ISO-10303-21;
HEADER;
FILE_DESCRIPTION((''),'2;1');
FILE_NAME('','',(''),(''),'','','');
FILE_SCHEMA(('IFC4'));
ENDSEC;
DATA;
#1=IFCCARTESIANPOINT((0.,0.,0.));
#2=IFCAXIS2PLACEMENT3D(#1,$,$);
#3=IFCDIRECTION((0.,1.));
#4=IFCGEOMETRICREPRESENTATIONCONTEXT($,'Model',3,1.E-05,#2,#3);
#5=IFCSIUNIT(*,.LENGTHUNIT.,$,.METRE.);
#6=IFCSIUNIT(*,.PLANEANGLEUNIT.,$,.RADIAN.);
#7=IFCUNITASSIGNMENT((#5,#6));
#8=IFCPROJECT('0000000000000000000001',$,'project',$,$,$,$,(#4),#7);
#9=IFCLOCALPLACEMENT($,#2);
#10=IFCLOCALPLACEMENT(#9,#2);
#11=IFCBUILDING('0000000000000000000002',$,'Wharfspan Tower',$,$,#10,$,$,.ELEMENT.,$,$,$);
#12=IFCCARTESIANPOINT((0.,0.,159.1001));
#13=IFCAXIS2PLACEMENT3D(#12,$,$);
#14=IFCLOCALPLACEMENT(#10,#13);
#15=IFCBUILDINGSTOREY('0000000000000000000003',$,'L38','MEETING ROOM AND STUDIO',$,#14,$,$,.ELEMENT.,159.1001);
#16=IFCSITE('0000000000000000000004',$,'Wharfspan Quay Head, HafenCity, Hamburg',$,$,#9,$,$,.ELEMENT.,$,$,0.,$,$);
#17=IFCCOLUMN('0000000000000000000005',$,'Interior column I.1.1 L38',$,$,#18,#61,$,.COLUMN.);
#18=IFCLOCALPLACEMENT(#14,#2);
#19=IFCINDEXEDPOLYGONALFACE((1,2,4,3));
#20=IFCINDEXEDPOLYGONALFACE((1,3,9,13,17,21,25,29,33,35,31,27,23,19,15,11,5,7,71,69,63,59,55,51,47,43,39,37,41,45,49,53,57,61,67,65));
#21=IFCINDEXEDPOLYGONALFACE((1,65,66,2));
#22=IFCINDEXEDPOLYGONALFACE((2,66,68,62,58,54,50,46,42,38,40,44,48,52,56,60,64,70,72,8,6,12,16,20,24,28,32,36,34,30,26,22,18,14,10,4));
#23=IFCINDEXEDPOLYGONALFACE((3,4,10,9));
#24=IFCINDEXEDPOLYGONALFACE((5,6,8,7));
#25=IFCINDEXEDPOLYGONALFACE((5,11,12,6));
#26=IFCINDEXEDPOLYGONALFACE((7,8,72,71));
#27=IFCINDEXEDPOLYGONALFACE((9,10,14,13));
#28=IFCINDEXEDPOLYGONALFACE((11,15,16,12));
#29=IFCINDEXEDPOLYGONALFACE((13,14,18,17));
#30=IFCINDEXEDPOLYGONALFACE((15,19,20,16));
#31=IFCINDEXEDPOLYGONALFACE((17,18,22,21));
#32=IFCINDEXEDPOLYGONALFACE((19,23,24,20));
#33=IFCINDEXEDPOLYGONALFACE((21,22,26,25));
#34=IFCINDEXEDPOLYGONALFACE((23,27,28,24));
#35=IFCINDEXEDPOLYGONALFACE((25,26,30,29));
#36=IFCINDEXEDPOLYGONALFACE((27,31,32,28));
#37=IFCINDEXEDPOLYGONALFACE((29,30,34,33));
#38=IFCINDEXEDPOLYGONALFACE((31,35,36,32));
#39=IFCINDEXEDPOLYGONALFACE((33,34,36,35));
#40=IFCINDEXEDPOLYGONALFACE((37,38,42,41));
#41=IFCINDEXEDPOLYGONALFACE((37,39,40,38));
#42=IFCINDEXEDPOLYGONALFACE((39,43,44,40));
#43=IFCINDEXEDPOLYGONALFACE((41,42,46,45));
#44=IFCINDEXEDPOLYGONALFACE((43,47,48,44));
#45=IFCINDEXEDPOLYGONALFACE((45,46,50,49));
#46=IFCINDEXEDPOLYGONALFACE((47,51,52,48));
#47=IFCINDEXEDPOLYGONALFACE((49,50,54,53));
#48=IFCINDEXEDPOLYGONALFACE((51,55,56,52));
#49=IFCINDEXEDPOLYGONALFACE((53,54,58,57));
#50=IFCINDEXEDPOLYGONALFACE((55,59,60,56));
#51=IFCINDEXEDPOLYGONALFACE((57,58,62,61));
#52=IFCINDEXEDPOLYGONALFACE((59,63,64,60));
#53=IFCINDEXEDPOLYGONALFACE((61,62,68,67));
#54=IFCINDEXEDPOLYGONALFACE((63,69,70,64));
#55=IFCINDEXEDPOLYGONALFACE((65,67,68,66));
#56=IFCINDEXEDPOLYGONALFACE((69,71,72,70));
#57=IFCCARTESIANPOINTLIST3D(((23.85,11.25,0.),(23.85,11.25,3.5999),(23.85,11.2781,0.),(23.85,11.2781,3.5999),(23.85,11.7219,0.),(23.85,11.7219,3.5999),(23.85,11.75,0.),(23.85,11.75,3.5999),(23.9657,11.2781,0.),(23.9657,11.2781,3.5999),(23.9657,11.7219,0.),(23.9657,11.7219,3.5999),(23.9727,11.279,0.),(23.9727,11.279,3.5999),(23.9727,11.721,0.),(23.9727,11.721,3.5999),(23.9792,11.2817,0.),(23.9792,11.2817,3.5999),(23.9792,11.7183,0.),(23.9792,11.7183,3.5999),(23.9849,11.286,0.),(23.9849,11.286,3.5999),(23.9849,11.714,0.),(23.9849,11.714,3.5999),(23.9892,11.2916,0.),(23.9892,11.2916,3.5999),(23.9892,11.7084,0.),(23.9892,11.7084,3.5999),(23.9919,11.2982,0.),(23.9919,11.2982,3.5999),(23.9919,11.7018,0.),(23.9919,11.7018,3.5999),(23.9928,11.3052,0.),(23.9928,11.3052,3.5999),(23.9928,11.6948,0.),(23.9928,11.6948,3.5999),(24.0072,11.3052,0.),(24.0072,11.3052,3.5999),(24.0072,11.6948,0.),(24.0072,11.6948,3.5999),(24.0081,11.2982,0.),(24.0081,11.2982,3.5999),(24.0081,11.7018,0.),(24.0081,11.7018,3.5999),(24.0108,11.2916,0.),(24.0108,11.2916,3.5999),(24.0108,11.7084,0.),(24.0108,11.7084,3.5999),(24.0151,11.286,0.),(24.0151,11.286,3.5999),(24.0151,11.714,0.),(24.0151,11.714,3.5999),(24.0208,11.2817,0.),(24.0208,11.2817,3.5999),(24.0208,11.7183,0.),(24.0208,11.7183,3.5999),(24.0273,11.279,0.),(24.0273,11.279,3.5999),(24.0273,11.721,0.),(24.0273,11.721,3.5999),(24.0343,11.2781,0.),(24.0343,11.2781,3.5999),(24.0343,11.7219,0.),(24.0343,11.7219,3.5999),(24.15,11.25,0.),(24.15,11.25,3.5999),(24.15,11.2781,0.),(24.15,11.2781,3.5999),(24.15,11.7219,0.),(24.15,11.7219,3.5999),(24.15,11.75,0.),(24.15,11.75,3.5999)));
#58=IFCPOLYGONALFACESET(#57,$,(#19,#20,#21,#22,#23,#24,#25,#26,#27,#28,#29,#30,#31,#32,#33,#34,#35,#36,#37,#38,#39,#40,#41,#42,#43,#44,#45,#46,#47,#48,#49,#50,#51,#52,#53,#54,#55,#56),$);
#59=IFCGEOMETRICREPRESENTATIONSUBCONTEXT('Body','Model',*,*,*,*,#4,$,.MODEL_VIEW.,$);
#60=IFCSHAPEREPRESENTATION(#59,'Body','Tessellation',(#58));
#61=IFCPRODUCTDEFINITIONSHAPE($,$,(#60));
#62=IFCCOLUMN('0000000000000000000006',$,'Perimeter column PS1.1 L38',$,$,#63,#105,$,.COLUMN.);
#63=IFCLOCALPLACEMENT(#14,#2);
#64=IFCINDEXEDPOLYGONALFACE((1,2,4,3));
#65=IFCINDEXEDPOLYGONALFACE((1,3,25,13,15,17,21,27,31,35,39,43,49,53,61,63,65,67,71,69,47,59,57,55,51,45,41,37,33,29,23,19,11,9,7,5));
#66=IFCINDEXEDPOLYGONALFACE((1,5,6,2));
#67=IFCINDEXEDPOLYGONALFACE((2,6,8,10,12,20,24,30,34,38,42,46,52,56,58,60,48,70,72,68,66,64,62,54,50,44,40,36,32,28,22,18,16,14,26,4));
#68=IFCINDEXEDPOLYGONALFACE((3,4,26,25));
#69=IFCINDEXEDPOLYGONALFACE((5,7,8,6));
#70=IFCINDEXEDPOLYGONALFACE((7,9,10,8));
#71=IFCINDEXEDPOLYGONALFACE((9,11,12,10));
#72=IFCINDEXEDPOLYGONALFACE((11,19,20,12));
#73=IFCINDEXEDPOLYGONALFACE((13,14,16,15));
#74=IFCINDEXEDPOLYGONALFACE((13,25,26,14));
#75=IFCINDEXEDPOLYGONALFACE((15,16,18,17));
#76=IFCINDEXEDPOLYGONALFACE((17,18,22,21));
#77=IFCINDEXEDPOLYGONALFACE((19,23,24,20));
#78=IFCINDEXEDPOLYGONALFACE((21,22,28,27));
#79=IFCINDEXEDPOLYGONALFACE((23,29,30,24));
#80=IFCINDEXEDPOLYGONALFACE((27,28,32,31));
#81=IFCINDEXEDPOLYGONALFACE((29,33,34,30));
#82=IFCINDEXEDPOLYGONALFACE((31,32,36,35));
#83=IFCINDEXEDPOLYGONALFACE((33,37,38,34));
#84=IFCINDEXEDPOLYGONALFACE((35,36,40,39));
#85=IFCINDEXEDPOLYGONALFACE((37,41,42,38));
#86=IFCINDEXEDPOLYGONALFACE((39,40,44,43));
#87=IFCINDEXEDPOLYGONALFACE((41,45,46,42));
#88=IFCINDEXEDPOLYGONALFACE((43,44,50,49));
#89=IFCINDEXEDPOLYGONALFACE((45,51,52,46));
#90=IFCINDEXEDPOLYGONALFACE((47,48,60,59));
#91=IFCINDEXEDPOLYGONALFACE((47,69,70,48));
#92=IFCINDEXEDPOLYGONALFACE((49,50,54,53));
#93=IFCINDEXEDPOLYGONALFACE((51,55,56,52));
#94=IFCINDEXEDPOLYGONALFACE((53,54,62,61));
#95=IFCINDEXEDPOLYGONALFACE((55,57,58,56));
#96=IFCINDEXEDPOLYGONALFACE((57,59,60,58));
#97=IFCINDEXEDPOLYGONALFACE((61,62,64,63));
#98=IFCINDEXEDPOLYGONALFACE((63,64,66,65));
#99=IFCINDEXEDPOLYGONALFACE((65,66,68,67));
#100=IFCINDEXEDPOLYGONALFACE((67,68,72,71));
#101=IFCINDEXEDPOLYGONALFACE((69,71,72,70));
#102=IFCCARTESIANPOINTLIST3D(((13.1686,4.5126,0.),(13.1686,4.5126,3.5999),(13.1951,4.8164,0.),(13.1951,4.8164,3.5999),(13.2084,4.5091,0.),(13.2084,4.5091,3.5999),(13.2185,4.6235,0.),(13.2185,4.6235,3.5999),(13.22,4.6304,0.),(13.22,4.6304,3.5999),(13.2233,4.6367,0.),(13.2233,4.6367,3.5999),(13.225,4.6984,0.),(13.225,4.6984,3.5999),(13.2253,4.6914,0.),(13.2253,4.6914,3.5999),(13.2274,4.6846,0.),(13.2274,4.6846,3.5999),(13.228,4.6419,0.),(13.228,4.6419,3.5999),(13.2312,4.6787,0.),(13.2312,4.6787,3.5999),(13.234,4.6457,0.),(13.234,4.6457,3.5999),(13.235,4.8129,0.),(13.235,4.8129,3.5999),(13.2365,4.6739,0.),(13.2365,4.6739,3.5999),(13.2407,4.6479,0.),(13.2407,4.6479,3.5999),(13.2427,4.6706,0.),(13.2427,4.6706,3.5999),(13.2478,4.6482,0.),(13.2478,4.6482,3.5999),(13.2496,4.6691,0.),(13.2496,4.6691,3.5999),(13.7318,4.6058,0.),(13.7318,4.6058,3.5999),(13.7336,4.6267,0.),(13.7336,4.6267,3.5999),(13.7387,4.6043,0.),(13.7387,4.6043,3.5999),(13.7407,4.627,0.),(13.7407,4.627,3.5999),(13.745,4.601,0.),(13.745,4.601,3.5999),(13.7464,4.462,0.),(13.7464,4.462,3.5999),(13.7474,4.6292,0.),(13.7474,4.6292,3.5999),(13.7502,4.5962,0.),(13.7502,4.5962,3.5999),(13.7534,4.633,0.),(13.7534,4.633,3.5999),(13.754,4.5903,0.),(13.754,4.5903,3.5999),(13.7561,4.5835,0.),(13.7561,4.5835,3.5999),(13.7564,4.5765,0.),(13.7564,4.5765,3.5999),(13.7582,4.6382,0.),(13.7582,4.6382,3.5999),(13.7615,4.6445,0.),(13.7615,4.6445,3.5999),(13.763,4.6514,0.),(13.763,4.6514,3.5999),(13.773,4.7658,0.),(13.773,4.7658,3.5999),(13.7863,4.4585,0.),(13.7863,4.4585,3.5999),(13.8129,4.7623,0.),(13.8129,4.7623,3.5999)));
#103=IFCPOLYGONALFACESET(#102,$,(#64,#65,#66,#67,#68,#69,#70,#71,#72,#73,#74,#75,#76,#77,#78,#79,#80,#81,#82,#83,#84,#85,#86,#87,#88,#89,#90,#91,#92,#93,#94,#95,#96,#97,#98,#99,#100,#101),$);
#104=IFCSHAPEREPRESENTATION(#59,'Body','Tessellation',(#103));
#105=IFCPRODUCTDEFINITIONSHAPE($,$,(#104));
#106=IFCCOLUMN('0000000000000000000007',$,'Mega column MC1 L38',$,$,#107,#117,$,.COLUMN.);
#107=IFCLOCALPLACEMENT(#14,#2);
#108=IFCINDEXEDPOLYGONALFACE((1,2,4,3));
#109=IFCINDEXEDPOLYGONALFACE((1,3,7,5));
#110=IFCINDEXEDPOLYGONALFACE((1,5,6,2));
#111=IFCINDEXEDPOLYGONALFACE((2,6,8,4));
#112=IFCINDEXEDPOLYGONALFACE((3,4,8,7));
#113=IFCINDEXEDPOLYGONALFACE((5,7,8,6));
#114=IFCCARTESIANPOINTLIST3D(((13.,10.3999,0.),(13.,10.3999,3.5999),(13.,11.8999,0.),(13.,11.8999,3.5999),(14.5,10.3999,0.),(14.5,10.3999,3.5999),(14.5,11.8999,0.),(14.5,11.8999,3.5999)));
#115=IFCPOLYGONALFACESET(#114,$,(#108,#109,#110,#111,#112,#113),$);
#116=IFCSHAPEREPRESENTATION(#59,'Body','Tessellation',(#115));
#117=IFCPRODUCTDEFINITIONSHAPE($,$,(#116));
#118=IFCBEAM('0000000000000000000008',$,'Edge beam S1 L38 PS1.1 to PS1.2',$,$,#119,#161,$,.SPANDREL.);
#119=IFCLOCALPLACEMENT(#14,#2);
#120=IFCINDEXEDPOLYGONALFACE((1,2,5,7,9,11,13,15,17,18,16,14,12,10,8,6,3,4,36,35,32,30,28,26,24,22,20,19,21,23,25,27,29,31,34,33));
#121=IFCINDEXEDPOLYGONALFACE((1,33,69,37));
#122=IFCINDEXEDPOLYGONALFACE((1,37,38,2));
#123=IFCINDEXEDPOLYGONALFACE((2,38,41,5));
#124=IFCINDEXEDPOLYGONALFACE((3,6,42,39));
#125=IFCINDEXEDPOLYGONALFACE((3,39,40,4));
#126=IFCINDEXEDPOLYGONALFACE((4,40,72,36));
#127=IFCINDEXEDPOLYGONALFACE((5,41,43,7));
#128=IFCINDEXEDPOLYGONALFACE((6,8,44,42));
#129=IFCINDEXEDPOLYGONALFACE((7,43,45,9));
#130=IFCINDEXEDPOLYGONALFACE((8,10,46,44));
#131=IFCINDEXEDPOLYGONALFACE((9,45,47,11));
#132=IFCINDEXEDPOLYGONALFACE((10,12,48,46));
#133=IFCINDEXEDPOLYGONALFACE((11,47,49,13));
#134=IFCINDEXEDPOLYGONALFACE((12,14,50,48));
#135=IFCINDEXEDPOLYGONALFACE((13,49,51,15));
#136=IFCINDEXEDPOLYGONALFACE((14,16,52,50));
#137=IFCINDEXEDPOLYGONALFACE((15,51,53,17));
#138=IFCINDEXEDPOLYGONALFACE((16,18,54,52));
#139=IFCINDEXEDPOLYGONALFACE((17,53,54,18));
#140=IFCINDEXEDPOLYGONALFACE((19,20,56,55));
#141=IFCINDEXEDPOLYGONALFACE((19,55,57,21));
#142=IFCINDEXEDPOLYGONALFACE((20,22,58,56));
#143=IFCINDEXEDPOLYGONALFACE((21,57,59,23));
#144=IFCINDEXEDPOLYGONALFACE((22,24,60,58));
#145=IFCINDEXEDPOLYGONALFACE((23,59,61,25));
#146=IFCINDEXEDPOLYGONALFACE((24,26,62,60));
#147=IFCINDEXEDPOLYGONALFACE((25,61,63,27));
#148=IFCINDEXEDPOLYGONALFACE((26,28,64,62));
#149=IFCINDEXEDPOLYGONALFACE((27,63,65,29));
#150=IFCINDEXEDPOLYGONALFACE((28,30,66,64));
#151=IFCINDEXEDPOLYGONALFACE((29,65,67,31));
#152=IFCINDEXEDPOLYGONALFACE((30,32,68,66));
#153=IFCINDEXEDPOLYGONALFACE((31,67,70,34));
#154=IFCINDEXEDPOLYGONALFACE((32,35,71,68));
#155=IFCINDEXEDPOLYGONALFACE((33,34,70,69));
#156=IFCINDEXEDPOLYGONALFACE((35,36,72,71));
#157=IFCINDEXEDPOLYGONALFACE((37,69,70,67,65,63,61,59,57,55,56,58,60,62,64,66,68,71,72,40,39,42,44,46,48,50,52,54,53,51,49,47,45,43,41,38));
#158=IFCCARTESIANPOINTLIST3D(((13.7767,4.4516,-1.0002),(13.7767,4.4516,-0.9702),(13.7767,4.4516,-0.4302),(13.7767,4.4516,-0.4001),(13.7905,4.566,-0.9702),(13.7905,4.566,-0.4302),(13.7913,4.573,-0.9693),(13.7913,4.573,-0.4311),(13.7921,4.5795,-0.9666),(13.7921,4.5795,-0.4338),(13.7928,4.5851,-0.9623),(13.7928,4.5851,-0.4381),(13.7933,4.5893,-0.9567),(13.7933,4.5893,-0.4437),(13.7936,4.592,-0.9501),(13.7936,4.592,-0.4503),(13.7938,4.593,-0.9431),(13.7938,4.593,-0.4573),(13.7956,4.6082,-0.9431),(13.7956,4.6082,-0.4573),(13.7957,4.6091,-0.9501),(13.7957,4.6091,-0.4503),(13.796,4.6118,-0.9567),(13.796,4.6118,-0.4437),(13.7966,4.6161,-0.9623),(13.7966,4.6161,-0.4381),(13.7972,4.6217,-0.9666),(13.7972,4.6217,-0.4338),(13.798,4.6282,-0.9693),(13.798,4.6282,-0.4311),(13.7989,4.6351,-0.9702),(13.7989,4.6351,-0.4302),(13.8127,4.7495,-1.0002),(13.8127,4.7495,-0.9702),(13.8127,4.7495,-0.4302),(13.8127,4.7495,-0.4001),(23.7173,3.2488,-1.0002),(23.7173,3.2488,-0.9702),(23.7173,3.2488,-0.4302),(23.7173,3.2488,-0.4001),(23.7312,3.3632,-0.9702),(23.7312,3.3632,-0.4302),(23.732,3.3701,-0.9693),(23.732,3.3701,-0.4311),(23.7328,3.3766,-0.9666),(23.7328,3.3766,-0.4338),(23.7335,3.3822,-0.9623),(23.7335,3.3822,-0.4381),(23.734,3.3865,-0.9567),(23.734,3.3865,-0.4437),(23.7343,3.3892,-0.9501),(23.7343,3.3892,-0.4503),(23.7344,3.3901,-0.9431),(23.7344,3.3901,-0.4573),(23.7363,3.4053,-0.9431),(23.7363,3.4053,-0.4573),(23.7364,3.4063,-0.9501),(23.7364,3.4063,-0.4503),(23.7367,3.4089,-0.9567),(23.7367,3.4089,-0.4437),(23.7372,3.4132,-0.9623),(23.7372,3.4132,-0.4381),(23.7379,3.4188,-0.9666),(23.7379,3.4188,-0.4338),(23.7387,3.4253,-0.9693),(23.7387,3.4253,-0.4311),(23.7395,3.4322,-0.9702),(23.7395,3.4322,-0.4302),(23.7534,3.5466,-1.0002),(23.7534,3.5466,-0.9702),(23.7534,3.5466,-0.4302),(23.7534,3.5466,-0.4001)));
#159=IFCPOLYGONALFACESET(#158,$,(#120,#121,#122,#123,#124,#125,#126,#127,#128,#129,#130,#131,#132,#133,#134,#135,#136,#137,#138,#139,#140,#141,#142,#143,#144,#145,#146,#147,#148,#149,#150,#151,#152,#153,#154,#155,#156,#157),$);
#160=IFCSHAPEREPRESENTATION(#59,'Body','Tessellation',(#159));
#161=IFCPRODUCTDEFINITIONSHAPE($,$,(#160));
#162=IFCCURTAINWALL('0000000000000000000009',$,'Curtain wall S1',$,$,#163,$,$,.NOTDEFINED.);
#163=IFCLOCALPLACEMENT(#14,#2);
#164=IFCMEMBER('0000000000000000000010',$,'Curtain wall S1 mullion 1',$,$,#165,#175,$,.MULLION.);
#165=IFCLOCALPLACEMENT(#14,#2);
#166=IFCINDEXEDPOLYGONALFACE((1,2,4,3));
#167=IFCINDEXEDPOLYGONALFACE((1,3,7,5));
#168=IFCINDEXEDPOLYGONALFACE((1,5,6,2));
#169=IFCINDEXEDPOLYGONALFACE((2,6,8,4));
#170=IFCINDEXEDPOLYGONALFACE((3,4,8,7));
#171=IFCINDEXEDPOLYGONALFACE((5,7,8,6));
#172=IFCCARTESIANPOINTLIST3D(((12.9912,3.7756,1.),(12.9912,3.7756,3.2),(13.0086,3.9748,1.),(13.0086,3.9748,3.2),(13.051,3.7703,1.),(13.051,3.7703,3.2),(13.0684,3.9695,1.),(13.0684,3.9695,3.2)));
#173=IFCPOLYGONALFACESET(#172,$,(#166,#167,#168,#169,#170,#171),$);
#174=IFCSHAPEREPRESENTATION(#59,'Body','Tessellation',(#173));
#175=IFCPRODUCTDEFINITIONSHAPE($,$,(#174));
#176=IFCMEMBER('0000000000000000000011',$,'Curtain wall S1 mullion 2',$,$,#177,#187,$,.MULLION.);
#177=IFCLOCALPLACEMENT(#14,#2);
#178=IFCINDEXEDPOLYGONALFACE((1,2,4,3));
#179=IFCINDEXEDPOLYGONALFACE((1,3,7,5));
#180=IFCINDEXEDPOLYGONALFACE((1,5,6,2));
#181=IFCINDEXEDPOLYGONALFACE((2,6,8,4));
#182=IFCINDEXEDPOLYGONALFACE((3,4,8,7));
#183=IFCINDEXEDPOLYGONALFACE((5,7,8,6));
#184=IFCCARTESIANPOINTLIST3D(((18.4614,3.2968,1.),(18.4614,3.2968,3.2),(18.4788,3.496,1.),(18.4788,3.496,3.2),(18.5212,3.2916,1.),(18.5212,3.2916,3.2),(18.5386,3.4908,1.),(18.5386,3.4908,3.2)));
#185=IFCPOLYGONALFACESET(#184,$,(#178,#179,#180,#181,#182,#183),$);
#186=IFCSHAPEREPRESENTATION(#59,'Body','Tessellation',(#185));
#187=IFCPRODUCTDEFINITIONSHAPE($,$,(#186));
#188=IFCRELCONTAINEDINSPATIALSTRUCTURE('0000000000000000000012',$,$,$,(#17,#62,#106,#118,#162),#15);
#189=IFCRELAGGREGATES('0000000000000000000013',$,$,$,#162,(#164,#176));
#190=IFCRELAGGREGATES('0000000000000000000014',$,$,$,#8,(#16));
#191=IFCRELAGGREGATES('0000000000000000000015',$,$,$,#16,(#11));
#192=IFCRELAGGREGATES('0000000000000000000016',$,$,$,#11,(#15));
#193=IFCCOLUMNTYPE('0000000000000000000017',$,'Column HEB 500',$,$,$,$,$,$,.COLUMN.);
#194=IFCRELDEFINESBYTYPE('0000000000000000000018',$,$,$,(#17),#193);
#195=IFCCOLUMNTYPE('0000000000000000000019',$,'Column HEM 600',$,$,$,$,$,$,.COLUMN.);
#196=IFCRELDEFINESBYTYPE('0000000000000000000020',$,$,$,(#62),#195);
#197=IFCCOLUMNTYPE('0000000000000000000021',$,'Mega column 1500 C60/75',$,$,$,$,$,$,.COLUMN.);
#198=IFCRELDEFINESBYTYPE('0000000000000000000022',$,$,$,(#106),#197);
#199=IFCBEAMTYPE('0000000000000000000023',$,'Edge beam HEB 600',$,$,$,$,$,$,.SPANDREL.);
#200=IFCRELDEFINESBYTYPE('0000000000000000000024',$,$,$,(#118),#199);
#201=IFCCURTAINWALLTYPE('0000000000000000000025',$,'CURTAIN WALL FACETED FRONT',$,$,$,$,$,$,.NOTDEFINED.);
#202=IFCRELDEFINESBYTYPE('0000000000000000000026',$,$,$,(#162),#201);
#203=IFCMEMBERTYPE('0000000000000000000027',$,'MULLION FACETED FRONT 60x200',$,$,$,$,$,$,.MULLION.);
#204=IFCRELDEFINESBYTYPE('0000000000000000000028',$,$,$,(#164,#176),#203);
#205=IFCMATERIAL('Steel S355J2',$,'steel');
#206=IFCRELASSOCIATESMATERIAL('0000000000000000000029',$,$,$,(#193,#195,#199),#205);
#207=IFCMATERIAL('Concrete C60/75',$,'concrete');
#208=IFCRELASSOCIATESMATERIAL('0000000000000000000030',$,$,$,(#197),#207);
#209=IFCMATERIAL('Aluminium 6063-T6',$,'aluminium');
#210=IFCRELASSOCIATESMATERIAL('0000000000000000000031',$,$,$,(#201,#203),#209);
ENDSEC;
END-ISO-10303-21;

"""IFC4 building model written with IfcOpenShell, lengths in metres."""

from ifc_helpers import new_model, si_unit, direction, frame, origin, origin_2d, place, context, subcontext, project, spatial, rectangle, i_section, extrude, material, material_profile, profile_set, type_object, element, aggregate, save


model = new_model("IFC4")

# Units and contexts
model_context = context("Model", 3, precision=1e-05, world=origin(), true_north=direction((0.0, 1.0)))
body_context = subcontext(model_context, "Body", "Model", "MODEL_VIEW")
ifc_project = project(units=[si_unit("LENGTHUNIT", "METRE"), si_unit("PLANEANGLEUNIT", "RADIAN")], contexts=[model_context])

# Site, building, storey
site_placement = place(None, origin())
site = spatial("IfcSite", under=ifc_project, at=site_placement, Name="Wharfspan Quay Head, HafenCity, Hamburg", CompositionType="ELEMENT", RefElevation=0.0)
building_placement = place(site_placement, origin())
building = spatial("IfcBuilding", under=site, at=building_placement, Name="Wharfspan Tower", CompositionType="ELEMENT")
storey_placement = place(building_placement, frame((0.0, 0.0, 159.1001)))
storey = spatial("IfcBuildingStorey", under=building, at=storey_placement, Name="L38", Description="MEETING ROOM AND STUDIO", CompositionType="ELEMENT", Elevation=159.1001)

# Columns
ifc_material_1 = material(Name="Steel S355J2", Category="steel")
ifc_material_profile_1 = material_profile(ifc_material_1, i_section(OverallWidth=0.3, OverallDepth=0.5, WebThickness=0.0144, FlangeThickness=0.0281, FilletRadius=0.0271, at=origin_2d()))
ifc_profile_set_1 = profile_set([ifc_material_profile_1], Name="Steel S355J2")
column_type_1 = type_object("IfcColumnType", Name="Column HEB 500", PredefinedType="COLUMN", material=ifc_profile_set_1)
column_1_placement = place(storey_placement, frame((24.0, 11.5, 0.0), z_axis=(0.0, 0.0, 1.0), x_axis=(1.0, 0.0, 0.0)))
element("IfcColumn", 1, at=column_1_placement, inside=storey, type_object=column_type_1, Name="Interior column I.1.1 L38", PredefinedType="COLUMN", context=body_context, shape_type="SweptSolid", body=[
    extrude(i_section(OverallWidth=0.3, OverallDepth=0.5, WebThickness=0.0144, FlangeThickness=0.0281, FilletRadius=0.0271, at=origin_2d()), origin(), (0.0, 0.0, 1.0), 3.5999),
])
ifc_material_profile_2 = material_profile(ifc_material_1, i_section(OverallWidth=0.3049, OverallDepth=0.6201, WebThickness=0.021, FlangeThickness=0.04, FilletRadius=0.0271, at=origin_2d()))
ifc_profile_set_2 = profile_set([ifc_material_profile_2], Name="Steel S355J2")
column_type_2 = type_object("IfcColumnType", Name="Column HEM 600", PredefinedType="COLUMN", material=ifc_profile_set_2)
column_2_placement = place(storey_placement, frame((13.4907, 4.6375, 0.0), z_axis=(0.0, 0.0, 1.0), x_axis=(-0.087156, -0.996198, 0.0)))
element("IfcColumn", 2, at=column_2_placement, inside=storey, type_object=column_type_2, Name="Perimeter column PS1.1 L38", PredefinedType="COLUMN", context=body_context, shape_type="SweptSolid", body=[
    extrude(i_section(OverallWidth=0.3049, OverallDepth=0.6201, WebThickness=0.021, FlangeThickness=0.04, FilletRadius=0.0271, at=origin_2d()), origin(), (0.0, 0.0, 1.0), 3.5999),
])
ifc_material_2 = material(Name="Concrete C60/75", Category="concrete")
ifc_material_profile_3 = material_profile(ifc_material_2, rectangle(XDim=1.5, YDim=1.5, at=origin_2d()))
ifc_profile_set_3 = profile_set([ifc_material_profile_3], Name="Concrete C60/75")
column_type_3 = type_object("IfcColumnType", Name="Mega column 1500 C60/75", PredefinedType="COLUMN", material=ifc_profile_set_3)
column_3_placement = place(storey_placement, frame((13.75, 11.1499, 0.0), z_axis=(0.0, 0.0, 1.0), x_axis=(1.0, 0.0, 0.0)))
element("IfcColumn", 3, at=column_3_placement, inside=storey, type_object=column_type_3, Name="Mega column MC1 L38", PredefinedType="COLUMN", context=body_context, shape_type="SweptSolid", body=[
    extrude(rectangle(XDim=1.5, YDim=1.5, at=origin_2d()), origin(), (0.0, 0.0, 1.0), 3.5999),
])

# Beam
ifc_material_profile_4 = material_profile(ifc_material_1, i_section(OverallWidth=0.3, OverallDepth=0.6001, WebThickness=0.0154, FlangeThickness=0.03, FilletRadius=0.0271, at=origin_2d()))
ifc_profile_set_4 = profile_set([ifc_material_profile_4], Name="Steel S355J2")
beam_type = type_object("IfcBeamType", Name="Edge beam HEB 600", PredefinedType="SPANDREL", material=ifc_profile_set_4)
beam_placement = place(storey_placement, frame((13.7947, 4.6006, -0.7002), z_axis=(0.992758, -0.12013, 0.0), x_axis=(0.12013, 0.992758, 0.0)))
element("IfcBeam", 4, at=beam_placement, inside=storey, type_object=beam_type, Name="Edge beam S1 L38 PS1.1 to PS1.2", PredefinedType="SPANDREL", context=body_context, shape_type="SweptSolid", body=[
    extrude(i_section(OverallWidth=0.3, OverallDepth=0.6001, WebThickness=0.0154, FlangeThickness=0.03, FilletRadius=0.0271, at=origin_2d()), origin(), (0.0, 0.0, 1.0), 10.0132),
])

# Curtain wall, members
ifc_material_3 = material(Name="Aluminium 6063-T6", Category="aluminium")
curtain_wall_type_1 = type_object("IfcCurtainWallType", Name="CURTAIN WALL FACETED FRONT", PredefinedType="NOTDEFINED", material=ifc_material_3)
curtain_wall_1_placement = place(storey_placement, origin())
curtain_wall_1 = element("IfcCurtainWall", 5, at=curtain_wall_1_placement, inside=storey, type_object=curtain_wall_type_1, Name="Curtain wall S1", PredefinedType="NOTDEFINED")
ifc_material_profile_5 = material_profile(ifc_material_3, rectangle(XDim=0.2, YDim=0.0601, at=origin_2d()))
ifc_profile_set_5 = profile_set([ifc_material_profile_5], Name="Aluminium 6063-T6")
member_type_1 = type_object("IfcMemberType", Name="MULLION FACETED FRONT 60x200", PredefinedType="MULLION", material=ifc_profile_set_5)
member_1_placement = place(storey_placement, frame((13.0298, 3.8726, 1.0), z_axis=(0.0, 0.0, 1.0), x_axis=(0.087156, 0.996198, 0.0)))
member_1 = element("IfcMember", 6, at=member_1_placement, type_object=member_type_1, Name="Curtain wall S1 mullion 1", PredefinedType="MULLION", context=body_context, shape_type="SweptSolid", body=[
    extrude(rectangle(XDim=0.2, YDim=0.0601, at=origin_2d()), origin(), (0.0, 0.0, 1.0), 2.2),
])
member_2_placement = place(storey_placement, frame((18.5, 3.3938, 1.0), z_axis=(0.0, 0.0, 1.0), x_axis=(0.087156, 0.996198, 0.0)))
member_2 = element("IfcMember", 7, at=member_2_placement, type_object=member_type_1, Name="Curtain wall S1 mullion 2", PredefinedType="MULLION", context=body_context, shape_type="SweptSolid", body=[
    extrude(rectangle(XDim=0.2, YDim=0.0601, at=origin_2d()), origin(), (0.0, 0.0, 1.0), 2.2),
])

aggregate(curtain_wall_1, [member_1, member_2])

save(model, "model.ifc")
